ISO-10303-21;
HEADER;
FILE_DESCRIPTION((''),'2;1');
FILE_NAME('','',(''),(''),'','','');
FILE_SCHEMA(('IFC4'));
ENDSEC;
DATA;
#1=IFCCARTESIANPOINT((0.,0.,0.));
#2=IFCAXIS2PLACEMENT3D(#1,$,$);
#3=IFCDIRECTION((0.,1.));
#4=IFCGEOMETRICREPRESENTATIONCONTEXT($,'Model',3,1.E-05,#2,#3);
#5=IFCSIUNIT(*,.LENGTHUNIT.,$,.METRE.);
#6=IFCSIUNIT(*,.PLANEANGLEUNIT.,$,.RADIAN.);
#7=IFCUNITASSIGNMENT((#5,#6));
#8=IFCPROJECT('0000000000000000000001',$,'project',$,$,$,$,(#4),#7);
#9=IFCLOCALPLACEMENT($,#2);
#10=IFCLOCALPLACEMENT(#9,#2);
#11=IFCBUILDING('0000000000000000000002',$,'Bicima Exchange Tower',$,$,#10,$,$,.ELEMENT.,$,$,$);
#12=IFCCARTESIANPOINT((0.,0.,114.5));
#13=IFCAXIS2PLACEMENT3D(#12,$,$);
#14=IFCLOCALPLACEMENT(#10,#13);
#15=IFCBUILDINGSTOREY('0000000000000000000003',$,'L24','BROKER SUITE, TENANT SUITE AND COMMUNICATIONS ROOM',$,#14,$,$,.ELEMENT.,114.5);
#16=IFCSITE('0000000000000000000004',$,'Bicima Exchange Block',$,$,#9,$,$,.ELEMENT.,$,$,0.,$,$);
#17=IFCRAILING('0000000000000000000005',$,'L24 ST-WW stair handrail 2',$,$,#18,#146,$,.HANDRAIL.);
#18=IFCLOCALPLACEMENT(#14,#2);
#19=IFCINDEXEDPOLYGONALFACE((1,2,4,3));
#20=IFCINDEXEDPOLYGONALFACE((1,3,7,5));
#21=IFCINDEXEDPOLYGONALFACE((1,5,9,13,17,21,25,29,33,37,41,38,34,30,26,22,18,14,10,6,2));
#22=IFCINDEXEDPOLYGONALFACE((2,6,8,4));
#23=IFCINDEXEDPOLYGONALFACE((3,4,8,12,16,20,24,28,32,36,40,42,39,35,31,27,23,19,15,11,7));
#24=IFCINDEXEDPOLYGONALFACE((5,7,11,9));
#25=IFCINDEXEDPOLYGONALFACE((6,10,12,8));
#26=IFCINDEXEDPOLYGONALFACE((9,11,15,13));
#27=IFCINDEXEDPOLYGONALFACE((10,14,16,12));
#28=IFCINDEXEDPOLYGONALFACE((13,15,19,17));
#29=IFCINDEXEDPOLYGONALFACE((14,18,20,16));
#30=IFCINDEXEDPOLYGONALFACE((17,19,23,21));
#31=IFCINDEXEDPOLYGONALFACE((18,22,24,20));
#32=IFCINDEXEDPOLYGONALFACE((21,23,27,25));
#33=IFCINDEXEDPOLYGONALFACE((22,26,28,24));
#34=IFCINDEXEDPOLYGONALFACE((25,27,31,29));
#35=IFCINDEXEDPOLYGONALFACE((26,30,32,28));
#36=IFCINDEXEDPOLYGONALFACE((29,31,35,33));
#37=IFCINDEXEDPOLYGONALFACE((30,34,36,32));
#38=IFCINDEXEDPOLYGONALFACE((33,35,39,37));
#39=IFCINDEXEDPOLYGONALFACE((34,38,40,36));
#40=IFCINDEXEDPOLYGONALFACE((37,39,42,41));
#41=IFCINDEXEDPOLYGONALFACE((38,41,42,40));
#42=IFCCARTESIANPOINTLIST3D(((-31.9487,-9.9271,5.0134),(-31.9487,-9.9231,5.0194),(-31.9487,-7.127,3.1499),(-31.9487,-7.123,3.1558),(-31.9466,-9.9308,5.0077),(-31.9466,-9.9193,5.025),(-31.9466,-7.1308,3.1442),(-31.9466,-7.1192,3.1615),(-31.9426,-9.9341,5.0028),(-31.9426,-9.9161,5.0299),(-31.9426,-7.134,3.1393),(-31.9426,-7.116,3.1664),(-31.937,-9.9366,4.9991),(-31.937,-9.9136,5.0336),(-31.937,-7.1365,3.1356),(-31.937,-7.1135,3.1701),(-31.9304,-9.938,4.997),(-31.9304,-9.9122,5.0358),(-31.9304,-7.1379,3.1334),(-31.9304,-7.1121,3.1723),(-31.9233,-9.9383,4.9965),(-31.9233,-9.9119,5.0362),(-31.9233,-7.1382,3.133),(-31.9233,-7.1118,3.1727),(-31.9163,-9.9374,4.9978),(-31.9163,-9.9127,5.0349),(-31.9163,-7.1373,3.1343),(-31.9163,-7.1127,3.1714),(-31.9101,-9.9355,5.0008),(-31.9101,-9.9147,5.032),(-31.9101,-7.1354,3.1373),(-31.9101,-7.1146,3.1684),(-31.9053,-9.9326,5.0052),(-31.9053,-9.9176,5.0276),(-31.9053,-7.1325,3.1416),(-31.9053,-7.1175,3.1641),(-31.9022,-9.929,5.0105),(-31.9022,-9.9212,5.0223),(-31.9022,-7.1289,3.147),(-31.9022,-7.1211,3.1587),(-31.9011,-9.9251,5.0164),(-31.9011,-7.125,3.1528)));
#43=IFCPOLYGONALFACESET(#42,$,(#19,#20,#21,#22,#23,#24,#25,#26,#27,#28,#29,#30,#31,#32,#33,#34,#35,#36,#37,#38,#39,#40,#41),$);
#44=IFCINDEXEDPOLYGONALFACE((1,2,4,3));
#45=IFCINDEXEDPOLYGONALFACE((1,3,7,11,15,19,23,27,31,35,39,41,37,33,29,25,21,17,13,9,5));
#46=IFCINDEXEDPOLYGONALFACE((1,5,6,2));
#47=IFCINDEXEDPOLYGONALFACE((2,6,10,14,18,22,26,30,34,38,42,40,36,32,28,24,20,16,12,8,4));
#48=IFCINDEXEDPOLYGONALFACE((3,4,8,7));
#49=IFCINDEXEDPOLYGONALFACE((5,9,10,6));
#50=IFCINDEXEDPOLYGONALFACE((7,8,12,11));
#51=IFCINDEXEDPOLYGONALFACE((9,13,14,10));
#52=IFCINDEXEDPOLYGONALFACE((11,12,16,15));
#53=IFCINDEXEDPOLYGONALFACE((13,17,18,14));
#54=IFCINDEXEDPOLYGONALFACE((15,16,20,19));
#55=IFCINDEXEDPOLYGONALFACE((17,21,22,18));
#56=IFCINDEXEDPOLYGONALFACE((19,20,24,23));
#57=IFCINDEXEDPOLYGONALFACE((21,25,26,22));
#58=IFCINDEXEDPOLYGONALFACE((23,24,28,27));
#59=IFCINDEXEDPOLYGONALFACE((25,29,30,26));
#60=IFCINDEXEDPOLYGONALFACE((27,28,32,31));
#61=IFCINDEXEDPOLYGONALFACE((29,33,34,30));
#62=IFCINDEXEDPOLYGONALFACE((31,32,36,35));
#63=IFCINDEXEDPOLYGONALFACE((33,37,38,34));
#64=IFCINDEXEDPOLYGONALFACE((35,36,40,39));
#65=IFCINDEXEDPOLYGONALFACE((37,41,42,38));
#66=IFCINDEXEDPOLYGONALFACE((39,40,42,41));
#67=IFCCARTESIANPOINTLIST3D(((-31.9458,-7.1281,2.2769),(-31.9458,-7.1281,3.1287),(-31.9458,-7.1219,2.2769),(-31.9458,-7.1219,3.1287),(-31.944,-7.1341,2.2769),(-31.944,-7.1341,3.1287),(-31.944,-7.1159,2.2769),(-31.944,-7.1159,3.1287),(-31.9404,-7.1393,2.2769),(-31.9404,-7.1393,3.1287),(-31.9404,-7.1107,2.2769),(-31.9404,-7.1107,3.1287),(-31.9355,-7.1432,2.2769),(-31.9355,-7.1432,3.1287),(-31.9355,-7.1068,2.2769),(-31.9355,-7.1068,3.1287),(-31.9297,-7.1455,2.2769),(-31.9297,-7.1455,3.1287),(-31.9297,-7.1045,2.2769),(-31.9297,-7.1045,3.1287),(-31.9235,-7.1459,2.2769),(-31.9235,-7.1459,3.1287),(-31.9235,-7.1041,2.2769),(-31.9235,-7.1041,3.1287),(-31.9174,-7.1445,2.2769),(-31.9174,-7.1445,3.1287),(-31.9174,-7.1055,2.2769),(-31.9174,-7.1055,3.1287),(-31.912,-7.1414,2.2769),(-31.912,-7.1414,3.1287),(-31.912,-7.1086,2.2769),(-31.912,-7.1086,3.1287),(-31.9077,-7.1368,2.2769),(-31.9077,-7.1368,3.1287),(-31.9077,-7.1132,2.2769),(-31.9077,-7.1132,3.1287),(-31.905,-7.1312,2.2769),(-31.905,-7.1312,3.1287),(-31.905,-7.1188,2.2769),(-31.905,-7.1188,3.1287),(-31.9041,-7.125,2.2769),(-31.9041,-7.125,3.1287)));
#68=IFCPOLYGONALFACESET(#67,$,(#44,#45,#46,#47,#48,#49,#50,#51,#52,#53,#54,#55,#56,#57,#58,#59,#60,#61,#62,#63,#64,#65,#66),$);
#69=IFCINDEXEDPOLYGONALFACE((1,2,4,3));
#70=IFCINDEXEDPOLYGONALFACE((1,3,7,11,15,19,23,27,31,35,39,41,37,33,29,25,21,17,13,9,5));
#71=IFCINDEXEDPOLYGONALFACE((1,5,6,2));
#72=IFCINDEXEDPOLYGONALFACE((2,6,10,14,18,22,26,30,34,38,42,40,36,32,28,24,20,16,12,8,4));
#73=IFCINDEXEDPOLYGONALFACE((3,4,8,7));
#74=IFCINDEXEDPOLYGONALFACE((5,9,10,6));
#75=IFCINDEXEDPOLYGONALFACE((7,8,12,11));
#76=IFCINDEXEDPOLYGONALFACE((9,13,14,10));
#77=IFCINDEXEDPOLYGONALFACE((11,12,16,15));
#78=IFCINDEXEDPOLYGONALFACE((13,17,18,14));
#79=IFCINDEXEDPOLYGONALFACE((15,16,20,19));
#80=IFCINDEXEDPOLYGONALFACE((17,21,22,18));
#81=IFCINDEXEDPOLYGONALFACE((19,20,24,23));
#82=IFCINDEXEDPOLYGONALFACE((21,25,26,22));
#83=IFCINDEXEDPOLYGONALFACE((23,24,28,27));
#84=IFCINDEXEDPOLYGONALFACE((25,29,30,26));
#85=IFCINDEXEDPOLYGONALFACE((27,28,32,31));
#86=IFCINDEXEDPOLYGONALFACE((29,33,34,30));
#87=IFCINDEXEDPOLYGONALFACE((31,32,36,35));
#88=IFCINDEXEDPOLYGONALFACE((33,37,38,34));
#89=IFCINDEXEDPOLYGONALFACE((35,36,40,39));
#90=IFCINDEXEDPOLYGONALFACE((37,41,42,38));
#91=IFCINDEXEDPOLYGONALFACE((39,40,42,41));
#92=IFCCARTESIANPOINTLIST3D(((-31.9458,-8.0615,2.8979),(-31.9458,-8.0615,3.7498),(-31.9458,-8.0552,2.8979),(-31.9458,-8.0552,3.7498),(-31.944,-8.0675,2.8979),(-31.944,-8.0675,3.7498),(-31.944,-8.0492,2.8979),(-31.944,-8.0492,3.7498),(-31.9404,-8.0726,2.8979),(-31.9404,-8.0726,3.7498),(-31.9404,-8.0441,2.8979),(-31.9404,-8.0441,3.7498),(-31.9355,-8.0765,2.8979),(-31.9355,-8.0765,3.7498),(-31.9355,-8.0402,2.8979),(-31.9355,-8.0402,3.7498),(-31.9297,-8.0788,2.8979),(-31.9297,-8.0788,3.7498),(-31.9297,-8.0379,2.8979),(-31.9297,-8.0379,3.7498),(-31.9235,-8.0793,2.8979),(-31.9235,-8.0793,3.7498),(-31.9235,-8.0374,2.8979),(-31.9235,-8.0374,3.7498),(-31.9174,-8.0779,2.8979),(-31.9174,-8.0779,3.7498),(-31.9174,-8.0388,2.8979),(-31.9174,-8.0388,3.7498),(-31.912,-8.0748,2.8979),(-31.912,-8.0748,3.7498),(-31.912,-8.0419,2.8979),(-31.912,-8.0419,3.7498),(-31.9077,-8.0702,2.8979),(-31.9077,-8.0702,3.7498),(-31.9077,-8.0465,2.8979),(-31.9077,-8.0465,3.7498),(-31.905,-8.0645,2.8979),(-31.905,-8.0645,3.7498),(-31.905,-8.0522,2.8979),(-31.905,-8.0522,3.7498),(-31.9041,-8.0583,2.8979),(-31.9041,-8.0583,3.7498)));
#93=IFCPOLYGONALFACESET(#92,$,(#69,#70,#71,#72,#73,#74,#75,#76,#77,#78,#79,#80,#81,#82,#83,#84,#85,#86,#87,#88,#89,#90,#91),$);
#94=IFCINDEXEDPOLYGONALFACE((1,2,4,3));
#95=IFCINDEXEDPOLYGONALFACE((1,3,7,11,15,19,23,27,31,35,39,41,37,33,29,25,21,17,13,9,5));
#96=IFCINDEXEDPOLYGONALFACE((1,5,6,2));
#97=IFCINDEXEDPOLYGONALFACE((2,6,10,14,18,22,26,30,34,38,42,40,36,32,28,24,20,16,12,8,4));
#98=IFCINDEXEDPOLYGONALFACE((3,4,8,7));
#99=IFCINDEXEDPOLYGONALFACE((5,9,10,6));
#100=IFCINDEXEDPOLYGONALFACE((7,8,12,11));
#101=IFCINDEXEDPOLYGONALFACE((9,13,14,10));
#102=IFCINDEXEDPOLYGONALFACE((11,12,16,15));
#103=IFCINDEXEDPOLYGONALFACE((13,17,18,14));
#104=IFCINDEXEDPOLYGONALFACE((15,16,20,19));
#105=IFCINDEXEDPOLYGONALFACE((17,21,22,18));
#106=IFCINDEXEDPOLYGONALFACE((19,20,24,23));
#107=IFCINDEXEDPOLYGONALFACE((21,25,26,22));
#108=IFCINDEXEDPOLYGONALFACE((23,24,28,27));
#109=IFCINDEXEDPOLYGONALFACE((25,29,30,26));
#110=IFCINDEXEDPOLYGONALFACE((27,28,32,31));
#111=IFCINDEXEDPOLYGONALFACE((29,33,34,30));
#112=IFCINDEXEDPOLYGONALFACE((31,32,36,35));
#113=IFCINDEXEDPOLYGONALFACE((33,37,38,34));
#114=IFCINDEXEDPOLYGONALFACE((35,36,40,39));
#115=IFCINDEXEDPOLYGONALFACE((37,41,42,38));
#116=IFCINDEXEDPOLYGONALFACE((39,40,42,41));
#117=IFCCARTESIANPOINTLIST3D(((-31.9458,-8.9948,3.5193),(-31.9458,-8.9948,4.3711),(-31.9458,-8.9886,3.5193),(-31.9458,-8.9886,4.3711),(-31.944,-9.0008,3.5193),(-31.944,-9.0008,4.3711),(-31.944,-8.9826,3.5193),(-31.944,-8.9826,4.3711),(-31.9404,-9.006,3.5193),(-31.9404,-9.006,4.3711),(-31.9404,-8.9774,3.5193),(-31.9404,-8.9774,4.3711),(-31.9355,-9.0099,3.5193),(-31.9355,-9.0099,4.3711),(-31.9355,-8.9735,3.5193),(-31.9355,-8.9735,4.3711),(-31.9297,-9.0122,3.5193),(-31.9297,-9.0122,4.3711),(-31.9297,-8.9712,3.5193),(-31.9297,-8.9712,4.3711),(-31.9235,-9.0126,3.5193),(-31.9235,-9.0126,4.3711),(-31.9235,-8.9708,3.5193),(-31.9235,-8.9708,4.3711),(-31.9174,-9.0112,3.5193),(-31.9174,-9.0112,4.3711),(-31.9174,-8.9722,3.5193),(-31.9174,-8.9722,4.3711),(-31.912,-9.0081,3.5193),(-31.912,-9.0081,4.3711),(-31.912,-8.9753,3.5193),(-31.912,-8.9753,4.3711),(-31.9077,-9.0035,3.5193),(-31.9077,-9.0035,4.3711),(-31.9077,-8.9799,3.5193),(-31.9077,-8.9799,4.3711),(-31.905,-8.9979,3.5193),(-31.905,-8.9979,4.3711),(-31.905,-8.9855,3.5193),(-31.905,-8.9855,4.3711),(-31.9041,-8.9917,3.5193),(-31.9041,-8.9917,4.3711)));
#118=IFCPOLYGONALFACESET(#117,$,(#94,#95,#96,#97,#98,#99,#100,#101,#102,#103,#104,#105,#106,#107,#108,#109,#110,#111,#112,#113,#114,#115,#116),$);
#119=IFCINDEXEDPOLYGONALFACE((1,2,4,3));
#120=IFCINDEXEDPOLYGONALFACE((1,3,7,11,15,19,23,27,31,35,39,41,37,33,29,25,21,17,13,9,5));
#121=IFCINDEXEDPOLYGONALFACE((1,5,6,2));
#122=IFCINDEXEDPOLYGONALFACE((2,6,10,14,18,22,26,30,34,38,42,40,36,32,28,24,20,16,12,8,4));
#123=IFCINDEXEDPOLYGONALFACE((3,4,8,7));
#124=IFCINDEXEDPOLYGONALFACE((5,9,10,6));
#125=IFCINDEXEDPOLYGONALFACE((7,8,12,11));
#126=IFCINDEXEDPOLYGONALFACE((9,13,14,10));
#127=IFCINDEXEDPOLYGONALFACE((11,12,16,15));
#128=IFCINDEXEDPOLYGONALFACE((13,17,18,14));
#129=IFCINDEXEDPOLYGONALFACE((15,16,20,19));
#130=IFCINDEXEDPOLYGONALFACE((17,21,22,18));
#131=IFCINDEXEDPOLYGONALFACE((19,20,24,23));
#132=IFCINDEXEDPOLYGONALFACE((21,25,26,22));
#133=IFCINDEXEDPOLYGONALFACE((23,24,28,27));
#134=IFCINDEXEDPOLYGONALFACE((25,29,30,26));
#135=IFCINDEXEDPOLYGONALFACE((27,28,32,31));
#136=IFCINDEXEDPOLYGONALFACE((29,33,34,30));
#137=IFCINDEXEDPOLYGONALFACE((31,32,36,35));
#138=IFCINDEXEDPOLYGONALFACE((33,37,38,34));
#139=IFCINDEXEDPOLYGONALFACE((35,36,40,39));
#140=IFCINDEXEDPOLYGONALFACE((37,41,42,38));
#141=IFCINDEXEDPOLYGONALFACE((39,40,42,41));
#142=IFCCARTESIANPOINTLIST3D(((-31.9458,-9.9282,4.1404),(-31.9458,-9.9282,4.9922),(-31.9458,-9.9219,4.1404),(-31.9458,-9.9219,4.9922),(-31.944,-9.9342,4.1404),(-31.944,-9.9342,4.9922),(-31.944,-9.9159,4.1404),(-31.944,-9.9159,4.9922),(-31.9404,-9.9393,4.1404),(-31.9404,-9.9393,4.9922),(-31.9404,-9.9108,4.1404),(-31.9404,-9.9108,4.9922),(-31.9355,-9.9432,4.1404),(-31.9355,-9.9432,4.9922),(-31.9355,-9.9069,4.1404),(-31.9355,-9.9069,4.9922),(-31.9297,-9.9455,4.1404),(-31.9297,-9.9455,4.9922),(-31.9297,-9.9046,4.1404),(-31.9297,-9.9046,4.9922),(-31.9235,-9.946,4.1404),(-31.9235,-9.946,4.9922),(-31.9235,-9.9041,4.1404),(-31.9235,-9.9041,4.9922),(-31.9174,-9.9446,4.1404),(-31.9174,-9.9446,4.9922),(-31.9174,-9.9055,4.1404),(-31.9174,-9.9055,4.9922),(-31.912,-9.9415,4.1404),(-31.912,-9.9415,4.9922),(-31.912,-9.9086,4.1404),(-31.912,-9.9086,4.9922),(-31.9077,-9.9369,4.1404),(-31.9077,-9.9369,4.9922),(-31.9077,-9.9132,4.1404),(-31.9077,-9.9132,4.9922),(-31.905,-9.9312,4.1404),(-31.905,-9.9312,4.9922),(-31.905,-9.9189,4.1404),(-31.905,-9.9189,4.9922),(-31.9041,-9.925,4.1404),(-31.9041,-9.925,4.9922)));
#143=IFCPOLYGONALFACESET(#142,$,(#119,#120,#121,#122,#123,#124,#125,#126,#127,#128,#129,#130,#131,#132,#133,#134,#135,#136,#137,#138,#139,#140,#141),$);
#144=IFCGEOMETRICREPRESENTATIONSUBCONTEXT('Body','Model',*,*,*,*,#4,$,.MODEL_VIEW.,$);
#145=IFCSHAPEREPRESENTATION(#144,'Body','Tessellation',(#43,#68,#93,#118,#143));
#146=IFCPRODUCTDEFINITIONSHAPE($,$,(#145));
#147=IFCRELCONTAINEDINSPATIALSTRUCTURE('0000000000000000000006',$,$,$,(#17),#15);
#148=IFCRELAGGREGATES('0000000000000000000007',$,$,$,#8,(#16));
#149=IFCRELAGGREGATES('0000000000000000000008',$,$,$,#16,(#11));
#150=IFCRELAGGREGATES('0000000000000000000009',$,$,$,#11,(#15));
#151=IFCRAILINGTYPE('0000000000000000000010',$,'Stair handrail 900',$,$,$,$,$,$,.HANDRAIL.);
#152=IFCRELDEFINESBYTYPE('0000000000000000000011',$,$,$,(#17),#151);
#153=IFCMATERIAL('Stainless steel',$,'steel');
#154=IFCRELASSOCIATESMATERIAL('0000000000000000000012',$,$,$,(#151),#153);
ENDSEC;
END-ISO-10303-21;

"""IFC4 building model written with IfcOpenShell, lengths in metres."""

from ifc_helpers import new_model, si_unit, direction, frame, origin, origin_2d, place, context, subcontext, project, spatial, circle, extrude, material, type_object, element, save


model = new_model("IFC4")

# Units and contexts
model_context = context("Model", 3, precision=1e-05, world=origin(), true_north=direction((0.0, 1.0)))
body_context = subcontext(model_context, "Body", "Model", "MODEL_VIEW")
ifc_project = project(units=[si_unit("LENGTHUNIT", "METRE"), si_unit("PLANEANGLEUNIT", "RADIAN")], contexts=[model_context])

# Site, building, storey
site_placement = place(None, origin())
site = spatial("IfcSite", under=ifc_project, at=site_placement, Name="Bicima Exchange Block", CompositionType="ELEMENT", RefElevation=0.0)
building_placement = place(site_placement, origin())
building = spatial("IfcBuilding", under=site, at=building_placement, Name="Bicima Exchange Tower", CompositionType="ELEMENT")
storey_placement = place(building_placement, frame((0.0, 0.0, 114.5)))
storey = spatial("IfcBuildingStorey", under=building, at=storey_placement, Name="L24", Description="BROKER SUITE, TENANT SUITE AND COMMUNICATIONS ROOM", CompositionType="ELEMENT", Elevation=114.5)

# Railing
ifc_material_1 = material(Name="Stainless steel", Category="steel")
railing_type = type_object("IfcRailingType", Name="Stair handrail 900", PredefinedType="HANDRAIL", material=ifc_material_1)
railing_placement = place(storey_placement, frame((-31.925, -7.125, 2.2769)))
element("IfcRailing", 1, at=railing_placement, inside=storey, type_object=railing_type, Name="L24 ST-WW stair handrail 2", PredefinedType="HANDRAIL", context=body_context, shape_type="SweptSolid", body=[
    extrude(circle(Radius=0.0239, at=origin_2d()), frame((0.0, 0.0, 0.876), z_axis=(0.0, -0.832486, 0.554047), x_axis=(1.0, 0.0, 0.0)), (0.0, 0.0, 1.0), 3.3635),
    extrude(circle(Radius=0.021, at=origin_2d()), origin(), (0.0, 0.0, 1.0), 0.8518),
    extrude(circle(Radius=0.021, at=origin_2d()), frame((0.0, -0.9333, 0.6211)), (0.0, 0.0, 1.0), 0.8518),
    extrude(circle(Radius=0.021, at=origin_2d()), frame((0.0, -1.8667, 1.2424)), (0.0, 0.0, 1.0), 0.8518),
    extrude(circle(Radius=0.021, at=origin_2d()), frame((0.0, -2.8, 1.8635)), (0.0, 0.0, 1.0), 0.8518),
])

save(model, "model.ifc")
